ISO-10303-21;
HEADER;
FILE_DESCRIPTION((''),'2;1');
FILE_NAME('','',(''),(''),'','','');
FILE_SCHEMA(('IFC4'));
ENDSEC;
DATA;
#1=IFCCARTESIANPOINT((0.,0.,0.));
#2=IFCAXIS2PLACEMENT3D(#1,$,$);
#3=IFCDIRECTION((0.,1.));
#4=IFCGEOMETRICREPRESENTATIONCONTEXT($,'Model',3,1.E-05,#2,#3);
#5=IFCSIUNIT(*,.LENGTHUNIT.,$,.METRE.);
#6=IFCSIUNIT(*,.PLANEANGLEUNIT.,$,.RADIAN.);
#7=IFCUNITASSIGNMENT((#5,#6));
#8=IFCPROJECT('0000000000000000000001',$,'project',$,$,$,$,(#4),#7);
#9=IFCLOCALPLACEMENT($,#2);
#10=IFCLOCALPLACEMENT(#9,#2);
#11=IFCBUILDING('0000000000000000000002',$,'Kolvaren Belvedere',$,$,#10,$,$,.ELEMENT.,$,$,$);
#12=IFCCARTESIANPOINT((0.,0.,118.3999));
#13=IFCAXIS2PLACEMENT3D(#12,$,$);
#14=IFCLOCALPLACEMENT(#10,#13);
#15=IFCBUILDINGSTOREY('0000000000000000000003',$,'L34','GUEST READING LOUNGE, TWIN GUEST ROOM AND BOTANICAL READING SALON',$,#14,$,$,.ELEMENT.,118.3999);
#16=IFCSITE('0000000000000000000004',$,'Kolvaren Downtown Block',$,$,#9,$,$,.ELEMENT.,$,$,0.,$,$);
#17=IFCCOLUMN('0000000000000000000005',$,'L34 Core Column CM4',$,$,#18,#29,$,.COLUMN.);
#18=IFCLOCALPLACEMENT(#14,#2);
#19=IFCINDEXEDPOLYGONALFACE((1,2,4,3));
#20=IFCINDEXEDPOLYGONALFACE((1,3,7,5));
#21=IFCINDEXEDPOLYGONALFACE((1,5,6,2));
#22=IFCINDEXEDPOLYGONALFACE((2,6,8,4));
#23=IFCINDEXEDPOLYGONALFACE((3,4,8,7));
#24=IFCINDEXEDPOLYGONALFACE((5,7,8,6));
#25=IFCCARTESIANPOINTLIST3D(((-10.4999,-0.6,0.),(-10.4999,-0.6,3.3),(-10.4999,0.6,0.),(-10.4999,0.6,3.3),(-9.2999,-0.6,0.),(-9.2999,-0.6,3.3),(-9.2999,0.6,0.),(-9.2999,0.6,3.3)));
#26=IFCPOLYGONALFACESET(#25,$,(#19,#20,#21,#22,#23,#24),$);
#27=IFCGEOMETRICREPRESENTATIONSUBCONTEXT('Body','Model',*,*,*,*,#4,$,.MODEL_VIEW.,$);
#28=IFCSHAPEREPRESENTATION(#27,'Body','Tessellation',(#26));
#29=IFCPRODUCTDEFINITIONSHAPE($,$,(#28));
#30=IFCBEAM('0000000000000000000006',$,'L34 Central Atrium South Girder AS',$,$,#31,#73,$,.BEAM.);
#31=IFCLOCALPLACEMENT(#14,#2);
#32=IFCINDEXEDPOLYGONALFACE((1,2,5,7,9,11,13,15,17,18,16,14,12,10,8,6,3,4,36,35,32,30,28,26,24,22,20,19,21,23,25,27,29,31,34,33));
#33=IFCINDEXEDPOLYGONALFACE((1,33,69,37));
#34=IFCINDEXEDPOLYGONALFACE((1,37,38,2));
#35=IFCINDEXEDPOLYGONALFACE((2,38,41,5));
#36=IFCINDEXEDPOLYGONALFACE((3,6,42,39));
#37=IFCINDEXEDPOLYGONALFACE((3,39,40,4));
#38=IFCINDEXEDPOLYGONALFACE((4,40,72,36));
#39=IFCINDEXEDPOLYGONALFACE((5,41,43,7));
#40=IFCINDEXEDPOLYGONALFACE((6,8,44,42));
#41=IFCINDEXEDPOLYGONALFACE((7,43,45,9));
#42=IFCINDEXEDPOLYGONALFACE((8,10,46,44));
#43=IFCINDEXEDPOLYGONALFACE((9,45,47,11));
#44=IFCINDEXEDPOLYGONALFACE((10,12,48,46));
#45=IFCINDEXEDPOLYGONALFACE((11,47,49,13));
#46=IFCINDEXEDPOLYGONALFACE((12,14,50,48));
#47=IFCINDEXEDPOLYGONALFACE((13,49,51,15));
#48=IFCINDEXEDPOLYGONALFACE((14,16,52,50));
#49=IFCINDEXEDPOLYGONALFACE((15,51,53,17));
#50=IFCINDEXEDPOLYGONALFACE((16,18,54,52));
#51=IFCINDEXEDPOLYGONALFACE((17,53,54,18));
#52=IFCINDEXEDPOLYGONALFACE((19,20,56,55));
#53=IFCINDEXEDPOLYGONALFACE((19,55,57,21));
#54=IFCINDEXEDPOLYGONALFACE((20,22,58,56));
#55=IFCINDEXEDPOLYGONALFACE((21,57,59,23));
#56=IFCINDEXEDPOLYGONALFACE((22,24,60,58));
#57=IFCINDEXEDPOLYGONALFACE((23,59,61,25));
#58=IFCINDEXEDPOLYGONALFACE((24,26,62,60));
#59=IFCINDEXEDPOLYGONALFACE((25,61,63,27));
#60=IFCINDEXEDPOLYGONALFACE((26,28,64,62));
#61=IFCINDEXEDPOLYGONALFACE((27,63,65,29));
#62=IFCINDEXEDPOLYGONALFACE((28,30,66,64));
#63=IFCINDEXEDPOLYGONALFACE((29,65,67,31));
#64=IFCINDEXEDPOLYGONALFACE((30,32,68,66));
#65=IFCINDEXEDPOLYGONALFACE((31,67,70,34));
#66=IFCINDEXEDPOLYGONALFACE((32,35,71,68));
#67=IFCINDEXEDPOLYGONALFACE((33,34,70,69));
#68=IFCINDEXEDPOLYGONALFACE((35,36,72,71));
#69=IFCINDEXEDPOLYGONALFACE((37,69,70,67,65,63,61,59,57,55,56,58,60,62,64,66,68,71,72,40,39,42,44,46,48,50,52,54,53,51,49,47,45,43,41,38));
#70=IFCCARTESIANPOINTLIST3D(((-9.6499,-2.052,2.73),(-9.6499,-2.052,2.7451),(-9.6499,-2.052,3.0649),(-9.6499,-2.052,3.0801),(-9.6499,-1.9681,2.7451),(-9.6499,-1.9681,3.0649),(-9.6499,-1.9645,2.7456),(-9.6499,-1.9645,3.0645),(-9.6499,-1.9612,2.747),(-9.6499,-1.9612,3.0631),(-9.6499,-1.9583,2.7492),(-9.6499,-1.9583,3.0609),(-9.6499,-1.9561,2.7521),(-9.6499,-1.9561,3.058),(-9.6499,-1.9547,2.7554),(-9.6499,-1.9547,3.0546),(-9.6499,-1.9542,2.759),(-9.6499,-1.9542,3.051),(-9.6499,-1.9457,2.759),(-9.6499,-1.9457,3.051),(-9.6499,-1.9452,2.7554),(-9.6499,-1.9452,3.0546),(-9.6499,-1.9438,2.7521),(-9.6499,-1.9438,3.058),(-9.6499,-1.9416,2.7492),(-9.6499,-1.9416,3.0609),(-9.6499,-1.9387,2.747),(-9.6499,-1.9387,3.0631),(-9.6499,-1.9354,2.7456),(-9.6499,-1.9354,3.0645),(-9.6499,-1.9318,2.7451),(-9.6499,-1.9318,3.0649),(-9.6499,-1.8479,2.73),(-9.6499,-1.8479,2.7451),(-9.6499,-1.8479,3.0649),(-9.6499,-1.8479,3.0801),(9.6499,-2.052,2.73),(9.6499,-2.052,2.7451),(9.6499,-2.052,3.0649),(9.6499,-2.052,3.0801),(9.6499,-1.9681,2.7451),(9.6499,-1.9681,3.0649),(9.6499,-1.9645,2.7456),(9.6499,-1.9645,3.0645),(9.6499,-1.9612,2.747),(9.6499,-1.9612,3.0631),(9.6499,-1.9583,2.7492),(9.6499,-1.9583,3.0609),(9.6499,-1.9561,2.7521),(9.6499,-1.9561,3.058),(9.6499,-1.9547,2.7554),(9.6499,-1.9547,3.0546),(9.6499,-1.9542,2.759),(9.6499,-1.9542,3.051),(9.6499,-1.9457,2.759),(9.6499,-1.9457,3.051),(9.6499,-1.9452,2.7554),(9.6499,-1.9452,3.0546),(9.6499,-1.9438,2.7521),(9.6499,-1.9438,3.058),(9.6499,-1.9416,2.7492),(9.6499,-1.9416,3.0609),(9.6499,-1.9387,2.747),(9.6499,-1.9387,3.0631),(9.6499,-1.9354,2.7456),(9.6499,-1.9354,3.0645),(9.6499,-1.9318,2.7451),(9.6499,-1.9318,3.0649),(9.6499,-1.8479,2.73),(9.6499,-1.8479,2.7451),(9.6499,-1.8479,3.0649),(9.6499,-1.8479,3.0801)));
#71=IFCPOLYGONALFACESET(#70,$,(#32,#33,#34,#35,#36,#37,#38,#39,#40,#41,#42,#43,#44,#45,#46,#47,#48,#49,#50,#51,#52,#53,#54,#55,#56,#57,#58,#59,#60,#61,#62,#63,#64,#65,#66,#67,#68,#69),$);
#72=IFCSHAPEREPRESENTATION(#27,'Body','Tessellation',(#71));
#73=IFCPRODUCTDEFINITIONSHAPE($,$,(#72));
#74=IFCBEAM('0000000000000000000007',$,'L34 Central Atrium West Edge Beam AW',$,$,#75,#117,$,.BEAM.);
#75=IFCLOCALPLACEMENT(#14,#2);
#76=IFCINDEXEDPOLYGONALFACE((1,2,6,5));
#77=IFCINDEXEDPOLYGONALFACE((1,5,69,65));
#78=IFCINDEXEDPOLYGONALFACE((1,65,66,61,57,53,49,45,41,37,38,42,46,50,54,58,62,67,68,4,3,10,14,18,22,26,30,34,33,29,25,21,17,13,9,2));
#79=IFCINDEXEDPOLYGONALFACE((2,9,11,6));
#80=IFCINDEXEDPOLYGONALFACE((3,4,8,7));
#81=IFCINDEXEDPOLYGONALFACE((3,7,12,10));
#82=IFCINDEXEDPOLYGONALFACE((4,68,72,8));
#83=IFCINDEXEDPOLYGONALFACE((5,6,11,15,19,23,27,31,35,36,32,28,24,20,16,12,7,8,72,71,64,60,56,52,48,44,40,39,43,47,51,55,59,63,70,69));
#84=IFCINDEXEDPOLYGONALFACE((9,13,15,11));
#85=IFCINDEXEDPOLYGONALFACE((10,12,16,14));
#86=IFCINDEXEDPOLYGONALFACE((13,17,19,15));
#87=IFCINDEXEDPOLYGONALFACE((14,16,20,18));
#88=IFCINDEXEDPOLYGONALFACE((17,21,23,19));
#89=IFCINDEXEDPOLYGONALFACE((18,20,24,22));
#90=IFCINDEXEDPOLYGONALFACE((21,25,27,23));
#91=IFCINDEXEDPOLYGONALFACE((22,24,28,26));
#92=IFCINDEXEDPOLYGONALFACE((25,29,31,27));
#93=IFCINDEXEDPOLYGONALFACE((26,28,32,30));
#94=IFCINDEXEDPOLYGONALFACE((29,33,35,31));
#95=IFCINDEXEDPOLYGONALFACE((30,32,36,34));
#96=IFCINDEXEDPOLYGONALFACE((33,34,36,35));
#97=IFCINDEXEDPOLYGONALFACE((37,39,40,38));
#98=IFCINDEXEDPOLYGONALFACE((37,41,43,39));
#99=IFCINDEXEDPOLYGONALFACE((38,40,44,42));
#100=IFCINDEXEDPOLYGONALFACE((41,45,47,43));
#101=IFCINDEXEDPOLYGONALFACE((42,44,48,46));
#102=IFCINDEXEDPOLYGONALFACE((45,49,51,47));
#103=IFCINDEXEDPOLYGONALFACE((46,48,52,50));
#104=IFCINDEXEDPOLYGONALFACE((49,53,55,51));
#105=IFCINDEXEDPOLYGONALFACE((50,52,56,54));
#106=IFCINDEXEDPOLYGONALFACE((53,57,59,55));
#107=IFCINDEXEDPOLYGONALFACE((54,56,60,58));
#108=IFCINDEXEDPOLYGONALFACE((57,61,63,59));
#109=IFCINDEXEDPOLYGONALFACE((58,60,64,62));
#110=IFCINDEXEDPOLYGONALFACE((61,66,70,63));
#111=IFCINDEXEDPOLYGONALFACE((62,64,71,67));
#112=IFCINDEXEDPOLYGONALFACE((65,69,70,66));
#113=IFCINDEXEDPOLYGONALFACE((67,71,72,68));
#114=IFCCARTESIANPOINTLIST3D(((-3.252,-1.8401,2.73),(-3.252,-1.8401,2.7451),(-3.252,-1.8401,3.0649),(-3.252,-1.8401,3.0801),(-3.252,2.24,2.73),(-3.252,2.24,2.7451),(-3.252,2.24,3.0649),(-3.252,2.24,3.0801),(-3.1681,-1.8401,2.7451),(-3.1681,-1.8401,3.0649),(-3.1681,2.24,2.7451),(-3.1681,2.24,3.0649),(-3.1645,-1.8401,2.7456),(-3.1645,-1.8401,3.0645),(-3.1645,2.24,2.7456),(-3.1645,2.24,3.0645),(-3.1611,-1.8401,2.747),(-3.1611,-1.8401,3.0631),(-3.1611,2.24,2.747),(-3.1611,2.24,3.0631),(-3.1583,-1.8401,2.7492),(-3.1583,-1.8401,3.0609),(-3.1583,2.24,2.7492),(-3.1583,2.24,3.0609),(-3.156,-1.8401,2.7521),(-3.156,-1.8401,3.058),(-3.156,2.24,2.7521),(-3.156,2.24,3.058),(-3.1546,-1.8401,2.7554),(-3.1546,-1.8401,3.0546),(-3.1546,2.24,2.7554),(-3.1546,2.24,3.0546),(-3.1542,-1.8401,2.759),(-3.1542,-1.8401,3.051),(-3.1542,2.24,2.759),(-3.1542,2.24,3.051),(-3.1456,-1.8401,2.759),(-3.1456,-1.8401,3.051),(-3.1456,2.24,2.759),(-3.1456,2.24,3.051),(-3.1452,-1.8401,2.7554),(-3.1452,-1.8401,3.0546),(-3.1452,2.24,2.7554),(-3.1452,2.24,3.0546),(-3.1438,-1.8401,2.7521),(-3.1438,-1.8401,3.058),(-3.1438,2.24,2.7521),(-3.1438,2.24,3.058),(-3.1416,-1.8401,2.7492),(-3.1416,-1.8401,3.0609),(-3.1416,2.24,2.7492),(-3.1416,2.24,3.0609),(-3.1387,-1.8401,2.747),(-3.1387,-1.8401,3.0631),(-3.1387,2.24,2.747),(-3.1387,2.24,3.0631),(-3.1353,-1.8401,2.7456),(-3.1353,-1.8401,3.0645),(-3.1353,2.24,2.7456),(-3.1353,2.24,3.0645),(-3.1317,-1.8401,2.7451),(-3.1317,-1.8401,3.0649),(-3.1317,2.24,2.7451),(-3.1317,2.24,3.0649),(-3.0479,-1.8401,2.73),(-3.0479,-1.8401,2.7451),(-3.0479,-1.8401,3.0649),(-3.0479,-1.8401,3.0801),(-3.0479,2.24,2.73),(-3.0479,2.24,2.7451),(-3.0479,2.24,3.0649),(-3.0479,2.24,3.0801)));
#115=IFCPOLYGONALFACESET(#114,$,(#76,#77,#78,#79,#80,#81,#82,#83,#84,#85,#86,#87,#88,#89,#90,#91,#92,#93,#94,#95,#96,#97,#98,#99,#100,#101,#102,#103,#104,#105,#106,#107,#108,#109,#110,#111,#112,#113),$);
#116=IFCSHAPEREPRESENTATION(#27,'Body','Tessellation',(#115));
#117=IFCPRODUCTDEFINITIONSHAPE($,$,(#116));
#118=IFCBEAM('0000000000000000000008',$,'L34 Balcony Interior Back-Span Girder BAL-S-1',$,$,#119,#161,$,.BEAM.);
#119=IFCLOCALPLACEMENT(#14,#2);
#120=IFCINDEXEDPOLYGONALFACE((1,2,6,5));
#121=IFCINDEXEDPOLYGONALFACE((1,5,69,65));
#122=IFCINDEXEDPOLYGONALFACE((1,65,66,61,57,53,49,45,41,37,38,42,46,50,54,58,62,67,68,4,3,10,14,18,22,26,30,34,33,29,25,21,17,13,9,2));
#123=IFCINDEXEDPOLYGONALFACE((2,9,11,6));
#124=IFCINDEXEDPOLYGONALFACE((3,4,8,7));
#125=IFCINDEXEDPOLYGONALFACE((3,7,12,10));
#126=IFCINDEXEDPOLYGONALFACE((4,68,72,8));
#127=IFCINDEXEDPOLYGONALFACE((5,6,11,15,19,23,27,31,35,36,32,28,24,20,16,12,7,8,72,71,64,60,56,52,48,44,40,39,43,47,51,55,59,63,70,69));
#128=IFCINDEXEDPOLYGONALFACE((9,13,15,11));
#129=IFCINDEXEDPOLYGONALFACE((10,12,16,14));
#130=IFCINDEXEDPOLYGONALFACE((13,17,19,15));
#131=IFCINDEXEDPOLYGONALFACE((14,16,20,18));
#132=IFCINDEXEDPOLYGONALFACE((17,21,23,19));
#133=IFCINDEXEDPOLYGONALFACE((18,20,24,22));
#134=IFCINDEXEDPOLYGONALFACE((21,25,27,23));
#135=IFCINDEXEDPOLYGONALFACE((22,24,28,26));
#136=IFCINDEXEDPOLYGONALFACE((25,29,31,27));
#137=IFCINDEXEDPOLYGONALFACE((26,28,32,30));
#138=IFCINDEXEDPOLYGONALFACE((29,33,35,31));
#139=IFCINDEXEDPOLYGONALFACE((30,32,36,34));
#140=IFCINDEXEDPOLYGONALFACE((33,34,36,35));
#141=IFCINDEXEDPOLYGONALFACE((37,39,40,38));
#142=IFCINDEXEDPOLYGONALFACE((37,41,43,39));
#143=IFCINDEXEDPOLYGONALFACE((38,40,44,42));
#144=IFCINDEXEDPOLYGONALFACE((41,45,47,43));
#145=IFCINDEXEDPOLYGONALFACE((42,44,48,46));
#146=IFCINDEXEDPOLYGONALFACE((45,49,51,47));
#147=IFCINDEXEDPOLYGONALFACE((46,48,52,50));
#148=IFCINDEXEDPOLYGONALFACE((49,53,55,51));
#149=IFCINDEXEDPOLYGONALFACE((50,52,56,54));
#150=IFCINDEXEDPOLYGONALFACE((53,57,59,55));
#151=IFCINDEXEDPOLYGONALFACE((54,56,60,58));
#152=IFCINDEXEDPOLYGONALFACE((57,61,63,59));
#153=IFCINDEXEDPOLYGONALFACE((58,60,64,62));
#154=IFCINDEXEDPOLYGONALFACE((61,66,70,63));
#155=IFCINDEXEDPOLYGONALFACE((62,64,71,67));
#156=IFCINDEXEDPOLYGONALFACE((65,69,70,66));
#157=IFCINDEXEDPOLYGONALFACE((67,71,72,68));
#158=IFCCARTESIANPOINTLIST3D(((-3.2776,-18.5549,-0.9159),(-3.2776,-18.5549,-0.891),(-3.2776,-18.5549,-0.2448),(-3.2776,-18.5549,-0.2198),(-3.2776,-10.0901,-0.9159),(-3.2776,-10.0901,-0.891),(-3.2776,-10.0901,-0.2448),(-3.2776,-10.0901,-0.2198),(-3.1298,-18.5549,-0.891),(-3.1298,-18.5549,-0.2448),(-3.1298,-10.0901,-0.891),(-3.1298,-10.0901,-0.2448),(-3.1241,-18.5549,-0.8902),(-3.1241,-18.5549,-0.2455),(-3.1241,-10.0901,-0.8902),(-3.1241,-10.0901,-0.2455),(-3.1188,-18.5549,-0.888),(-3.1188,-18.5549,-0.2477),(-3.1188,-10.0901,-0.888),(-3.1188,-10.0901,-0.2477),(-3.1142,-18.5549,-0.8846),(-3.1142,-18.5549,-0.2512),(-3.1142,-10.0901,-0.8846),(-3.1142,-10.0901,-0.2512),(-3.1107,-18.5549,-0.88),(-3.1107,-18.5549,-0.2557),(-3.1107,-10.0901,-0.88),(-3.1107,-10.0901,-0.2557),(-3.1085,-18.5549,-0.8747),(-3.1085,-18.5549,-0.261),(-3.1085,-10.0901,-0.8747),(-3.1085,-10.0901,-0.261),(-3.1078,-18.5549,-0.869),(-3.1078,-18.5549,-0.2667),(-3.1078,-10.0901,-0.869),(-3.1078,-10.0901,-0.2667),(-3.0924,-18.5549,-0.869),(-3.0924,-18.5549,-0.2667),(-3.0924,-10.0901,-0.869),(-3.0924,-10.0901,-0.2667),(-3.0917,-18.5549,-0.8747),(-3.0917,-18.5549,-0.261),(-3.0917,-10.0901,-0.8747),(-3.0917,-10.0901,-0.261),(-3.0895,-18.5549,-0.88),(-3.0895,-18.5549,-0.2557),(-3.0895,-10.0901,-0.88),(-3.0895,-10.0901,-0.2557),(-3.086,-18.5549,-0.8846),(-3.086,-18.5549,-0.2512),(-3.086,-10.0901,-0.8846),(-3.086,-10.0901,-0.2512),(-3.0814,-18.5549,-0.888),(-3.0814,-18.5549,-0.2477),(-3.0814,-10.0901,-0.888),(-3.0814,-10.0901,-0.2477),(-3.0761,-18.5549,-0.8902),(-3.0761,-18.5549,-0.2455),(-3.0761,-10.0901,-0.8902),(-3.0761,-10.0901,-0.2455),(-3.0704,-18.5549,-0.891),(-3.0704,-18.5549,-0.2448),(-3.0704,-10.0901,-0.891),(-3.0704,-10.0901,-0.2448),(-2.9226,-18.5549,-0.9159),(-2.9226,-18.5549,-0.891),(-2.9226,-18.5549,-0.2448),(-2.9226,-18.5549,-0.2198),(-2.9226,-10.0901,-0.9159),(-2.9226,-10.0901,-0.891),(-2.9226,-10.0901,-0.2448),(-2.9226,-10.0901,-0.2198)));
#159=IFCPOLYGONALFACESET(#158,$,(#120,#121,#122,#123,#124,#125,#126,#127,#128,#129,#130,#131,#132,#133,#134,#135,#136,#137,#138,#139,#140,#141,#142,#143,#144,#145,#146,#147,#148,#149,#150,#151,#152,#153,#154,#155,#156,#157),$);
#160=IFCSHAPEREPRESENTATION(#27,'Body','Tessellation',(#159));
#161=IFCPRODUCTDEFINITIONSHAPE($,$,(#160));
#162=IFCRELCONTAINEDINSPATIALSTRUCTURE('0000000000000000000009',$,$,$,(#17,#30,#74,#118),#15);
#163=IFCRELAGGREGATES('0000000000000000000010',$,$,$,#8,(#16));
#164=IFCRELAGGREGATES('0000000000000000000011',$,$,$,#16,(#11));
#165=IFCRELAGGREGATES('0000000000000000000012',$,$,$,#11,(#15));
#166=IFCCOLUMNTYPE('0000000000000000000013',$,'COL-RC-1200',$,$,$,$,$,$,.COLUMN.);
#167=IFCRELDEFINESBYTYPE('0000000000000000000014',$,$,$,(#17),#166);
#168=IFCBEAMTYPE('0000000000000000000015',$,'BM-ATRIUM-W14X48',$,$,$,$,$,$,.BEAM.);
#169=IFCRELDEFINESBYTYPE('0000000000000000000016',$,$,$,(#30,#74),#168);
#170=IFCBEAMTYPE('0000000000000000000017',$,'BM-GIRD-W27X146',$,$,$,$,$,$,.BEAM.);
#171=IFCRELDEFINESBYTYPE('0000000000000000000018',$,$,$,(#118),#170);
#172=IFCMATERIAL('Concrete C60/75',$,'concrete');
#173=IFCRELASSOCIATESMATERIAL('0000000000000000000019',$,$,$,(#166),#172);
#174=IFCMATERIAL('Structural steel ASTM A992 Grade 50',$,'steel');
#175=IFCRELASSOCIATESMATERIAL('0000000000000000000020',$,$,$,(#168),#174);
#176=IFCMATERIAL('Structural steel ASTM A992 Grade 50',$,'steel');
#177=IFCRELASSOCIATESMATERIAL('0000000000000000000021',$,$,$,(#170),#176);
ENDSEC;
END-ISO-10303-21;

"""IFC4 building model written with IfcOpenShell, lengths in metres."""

from ifc_helpers import new_model, si_unit, direction, frame, origin, origin_2d, place, context, subcontext, project, spatial, rectangle, i_section, extrude, material, material_profile, profile_set, type_object, element, save


model = new_model("IFC4")

# Units and contexts
model_context = context("Model", 3, precision=1e-05, world=origin(), true_north=direction((0.0, 1.0)))
body_context = subcontext(model_context, "Body", "Model", "MODEL_VIEW")
ifc_project = project(units=[si_unit("LENGTHUNIT", "METRE"), si_unit("PLANEANGLEUNIT", "RADIAN")], contexts=[model_context])

# Site, building, storey
site_placement = place(None, origin())
site = spatial("IfcSite", under=ifc_project, at=site_placement, Name="Kolvaren Downtown Block", CompositionType="ELEMENT", RefElevation=0.0)
building_placement = place(site_placement, origin())
building = spatial("IfcBuilding", under=site, at=building_placement, Name="Kolvaren Belvedere", CompositionType="ELEMENT")
storey_placement = place(building_placement, frame((0.0, 0.0, 118.3999)))
storey = spatial("IfcBuildingStorey", under=building, at=storey_placement, Name="L34", Description="GUEST READING LOUNGE, TWIN GUEST ROOM AND BOTANICAL READING SALON", CompositionType="ELEMENT", Elevation=118.3999)

# Column
ifc_material_1 = material(Name="Concrete C60/75", Category="concrete")
ifc_material_profile_1 = material_profile(ifc_material_1, rectangle(XDim=1.2, YDim=1.2, at=origin_2d()), Name="RC 1200X1200")
ifc_profile_set_1 = profile_set([ifc_material_profile_1], Name="Concrete C60/75")
column_type = type_object("IfcColumnType", Name="COL-RC-1200", PredefinedType="COLUMN", material=ifc_profile_set_1)
column_placement = place(storey_placement, frame((-9.8999, 0.0, 0.0), z_axis=(0.0, 0.0, 1.0), x_axis=(1.0, 0.0, 0.0)))
element("IfcColumn", 1, at=column_placement, inside=storey, type_object=column_type, Name="L34 Core Column CM4", PredefinedType="COLUMN", context=body_context, shape_type="SweptSolid", body=[
    extrude(rectangle(XDim=1.2, YDim=1.2, at=origin_2d()), origin(), (0.0, 0.0, 1.0), 3.3),
])

# Beams
ifc_material_2 = material(Name="Structural steel ASTM A992 Grade 50", Category="steel")
ifc_material_profile_2 = material_profile(ifc_material_2, i_section(OverallWidth=0.2041, OverallDepth=0.3501, WebThickness=0.0085, FlangeThickness=0.0151, FilletRadius=0.0139, at=origin_2d()), Name="W14X48")
ifc_profile_set_2 = profile_set([ifc_material_profile_2], Name="Structural steel ASTM A992 Grade 50")
beam_type_1 = type_object("IfcBeamType", Name="BM-ATRIUM-W14X48", PredefinedType="BEAM", material=ifc_profile_set_2)
beam_1_placement = place(storey_placement, frame((-9.6499, -1.95, 2.905), z_axis=(1.0, 0.0, 0.0), x_axis=(0.0, 1.0, 0.0)))
element("IfcBeam", 2, at=beam_1_placement, inside=storey, type_object=beam_type_1, Name="L34 Central Atrium South Girder AS", PredefinedType="BEAM", context=body_context, shape_type="SweptSolid", body=[
    extrude(i_section(OverallWidth=0.2041, OverallDepth=0.3501, WebThickness=0.0085, FlangeThickness=0.0151, FilletRadius=0.0139, at=origin_2d()), origin(), (0.0, 0.0, 1.0), 19.2998),
])
beam_2_placement = place(storey_placement, frame((-3.1499, -1.8401, 2.905), z_axis=(0.0, 1.0, 0.0), x_axis=(-1.0, 0.0, 0.0)))
element("IfcBeam", 3, at=beam_2_placement, inside=storey, type_object=beam_type_1, Name="L34 Central Atrium West Edge Beam AW", PredefinedType="BEAM", context=body_context, shape_type="SweptSolid", body=[
    extrude(i_section(OverallWidth=0.2041, OverallDepth=0.3501, WebThickness=0.0085, FlangeThickness=0.0151, FilletRadius=0.0139, at=origin_2d()), origin(), (0.0, 0.0, 1.0), 4.0801),
])
ifc_material_3 = material(Name="Structural steel ASTM A992 Grade 50", Category="steel")
ifc_material_profile_3 = material_profile(ifc_material_3, i_section(OverallWidth=0.355, OverallDepth=0.696, WebThickness=0.0154, FlangeThickness=0.0249, FilletRadius=0.022, at=origin_2d()), Name="W27X146")
ifc_profile_set_3 = profile_set([ifc_material_profile_3], Name="Structural steel ASTM A992 Grade 50")
beam_type_2 = type_object("IfcBeamType", Name="BM-GIRD-W27X146", PredefinedType="BEAM", material=ifc_profile_set_3)
beam_3_placement = place(storey_placement, frame((-3.1001, -10.0901, -0.5679), z_axis=(0.0, -1.0, 0.0), x_axis=(1.0, 0.0, 0.0)))
element("IfcBeam", 4, at=beam_3_placement, inside=storey, type_object=beam_type_2, Name="L34 Balcony Interior Back-Span Girder BAL-S-1", PredefinedType="BEAM", context=body_context, shape_type="SweptSolid", body=[
    extrude(i_section(OverallWidth=0.355, OverallDepth=0.696, WebThickness=0.0154, FlangeThickness=0.0249, FilletRadius=0.022, at=origin_2d()), origin(), (0.0, 0.0, 1.0), 8.4648),
])

save(model, "model.ifc")
